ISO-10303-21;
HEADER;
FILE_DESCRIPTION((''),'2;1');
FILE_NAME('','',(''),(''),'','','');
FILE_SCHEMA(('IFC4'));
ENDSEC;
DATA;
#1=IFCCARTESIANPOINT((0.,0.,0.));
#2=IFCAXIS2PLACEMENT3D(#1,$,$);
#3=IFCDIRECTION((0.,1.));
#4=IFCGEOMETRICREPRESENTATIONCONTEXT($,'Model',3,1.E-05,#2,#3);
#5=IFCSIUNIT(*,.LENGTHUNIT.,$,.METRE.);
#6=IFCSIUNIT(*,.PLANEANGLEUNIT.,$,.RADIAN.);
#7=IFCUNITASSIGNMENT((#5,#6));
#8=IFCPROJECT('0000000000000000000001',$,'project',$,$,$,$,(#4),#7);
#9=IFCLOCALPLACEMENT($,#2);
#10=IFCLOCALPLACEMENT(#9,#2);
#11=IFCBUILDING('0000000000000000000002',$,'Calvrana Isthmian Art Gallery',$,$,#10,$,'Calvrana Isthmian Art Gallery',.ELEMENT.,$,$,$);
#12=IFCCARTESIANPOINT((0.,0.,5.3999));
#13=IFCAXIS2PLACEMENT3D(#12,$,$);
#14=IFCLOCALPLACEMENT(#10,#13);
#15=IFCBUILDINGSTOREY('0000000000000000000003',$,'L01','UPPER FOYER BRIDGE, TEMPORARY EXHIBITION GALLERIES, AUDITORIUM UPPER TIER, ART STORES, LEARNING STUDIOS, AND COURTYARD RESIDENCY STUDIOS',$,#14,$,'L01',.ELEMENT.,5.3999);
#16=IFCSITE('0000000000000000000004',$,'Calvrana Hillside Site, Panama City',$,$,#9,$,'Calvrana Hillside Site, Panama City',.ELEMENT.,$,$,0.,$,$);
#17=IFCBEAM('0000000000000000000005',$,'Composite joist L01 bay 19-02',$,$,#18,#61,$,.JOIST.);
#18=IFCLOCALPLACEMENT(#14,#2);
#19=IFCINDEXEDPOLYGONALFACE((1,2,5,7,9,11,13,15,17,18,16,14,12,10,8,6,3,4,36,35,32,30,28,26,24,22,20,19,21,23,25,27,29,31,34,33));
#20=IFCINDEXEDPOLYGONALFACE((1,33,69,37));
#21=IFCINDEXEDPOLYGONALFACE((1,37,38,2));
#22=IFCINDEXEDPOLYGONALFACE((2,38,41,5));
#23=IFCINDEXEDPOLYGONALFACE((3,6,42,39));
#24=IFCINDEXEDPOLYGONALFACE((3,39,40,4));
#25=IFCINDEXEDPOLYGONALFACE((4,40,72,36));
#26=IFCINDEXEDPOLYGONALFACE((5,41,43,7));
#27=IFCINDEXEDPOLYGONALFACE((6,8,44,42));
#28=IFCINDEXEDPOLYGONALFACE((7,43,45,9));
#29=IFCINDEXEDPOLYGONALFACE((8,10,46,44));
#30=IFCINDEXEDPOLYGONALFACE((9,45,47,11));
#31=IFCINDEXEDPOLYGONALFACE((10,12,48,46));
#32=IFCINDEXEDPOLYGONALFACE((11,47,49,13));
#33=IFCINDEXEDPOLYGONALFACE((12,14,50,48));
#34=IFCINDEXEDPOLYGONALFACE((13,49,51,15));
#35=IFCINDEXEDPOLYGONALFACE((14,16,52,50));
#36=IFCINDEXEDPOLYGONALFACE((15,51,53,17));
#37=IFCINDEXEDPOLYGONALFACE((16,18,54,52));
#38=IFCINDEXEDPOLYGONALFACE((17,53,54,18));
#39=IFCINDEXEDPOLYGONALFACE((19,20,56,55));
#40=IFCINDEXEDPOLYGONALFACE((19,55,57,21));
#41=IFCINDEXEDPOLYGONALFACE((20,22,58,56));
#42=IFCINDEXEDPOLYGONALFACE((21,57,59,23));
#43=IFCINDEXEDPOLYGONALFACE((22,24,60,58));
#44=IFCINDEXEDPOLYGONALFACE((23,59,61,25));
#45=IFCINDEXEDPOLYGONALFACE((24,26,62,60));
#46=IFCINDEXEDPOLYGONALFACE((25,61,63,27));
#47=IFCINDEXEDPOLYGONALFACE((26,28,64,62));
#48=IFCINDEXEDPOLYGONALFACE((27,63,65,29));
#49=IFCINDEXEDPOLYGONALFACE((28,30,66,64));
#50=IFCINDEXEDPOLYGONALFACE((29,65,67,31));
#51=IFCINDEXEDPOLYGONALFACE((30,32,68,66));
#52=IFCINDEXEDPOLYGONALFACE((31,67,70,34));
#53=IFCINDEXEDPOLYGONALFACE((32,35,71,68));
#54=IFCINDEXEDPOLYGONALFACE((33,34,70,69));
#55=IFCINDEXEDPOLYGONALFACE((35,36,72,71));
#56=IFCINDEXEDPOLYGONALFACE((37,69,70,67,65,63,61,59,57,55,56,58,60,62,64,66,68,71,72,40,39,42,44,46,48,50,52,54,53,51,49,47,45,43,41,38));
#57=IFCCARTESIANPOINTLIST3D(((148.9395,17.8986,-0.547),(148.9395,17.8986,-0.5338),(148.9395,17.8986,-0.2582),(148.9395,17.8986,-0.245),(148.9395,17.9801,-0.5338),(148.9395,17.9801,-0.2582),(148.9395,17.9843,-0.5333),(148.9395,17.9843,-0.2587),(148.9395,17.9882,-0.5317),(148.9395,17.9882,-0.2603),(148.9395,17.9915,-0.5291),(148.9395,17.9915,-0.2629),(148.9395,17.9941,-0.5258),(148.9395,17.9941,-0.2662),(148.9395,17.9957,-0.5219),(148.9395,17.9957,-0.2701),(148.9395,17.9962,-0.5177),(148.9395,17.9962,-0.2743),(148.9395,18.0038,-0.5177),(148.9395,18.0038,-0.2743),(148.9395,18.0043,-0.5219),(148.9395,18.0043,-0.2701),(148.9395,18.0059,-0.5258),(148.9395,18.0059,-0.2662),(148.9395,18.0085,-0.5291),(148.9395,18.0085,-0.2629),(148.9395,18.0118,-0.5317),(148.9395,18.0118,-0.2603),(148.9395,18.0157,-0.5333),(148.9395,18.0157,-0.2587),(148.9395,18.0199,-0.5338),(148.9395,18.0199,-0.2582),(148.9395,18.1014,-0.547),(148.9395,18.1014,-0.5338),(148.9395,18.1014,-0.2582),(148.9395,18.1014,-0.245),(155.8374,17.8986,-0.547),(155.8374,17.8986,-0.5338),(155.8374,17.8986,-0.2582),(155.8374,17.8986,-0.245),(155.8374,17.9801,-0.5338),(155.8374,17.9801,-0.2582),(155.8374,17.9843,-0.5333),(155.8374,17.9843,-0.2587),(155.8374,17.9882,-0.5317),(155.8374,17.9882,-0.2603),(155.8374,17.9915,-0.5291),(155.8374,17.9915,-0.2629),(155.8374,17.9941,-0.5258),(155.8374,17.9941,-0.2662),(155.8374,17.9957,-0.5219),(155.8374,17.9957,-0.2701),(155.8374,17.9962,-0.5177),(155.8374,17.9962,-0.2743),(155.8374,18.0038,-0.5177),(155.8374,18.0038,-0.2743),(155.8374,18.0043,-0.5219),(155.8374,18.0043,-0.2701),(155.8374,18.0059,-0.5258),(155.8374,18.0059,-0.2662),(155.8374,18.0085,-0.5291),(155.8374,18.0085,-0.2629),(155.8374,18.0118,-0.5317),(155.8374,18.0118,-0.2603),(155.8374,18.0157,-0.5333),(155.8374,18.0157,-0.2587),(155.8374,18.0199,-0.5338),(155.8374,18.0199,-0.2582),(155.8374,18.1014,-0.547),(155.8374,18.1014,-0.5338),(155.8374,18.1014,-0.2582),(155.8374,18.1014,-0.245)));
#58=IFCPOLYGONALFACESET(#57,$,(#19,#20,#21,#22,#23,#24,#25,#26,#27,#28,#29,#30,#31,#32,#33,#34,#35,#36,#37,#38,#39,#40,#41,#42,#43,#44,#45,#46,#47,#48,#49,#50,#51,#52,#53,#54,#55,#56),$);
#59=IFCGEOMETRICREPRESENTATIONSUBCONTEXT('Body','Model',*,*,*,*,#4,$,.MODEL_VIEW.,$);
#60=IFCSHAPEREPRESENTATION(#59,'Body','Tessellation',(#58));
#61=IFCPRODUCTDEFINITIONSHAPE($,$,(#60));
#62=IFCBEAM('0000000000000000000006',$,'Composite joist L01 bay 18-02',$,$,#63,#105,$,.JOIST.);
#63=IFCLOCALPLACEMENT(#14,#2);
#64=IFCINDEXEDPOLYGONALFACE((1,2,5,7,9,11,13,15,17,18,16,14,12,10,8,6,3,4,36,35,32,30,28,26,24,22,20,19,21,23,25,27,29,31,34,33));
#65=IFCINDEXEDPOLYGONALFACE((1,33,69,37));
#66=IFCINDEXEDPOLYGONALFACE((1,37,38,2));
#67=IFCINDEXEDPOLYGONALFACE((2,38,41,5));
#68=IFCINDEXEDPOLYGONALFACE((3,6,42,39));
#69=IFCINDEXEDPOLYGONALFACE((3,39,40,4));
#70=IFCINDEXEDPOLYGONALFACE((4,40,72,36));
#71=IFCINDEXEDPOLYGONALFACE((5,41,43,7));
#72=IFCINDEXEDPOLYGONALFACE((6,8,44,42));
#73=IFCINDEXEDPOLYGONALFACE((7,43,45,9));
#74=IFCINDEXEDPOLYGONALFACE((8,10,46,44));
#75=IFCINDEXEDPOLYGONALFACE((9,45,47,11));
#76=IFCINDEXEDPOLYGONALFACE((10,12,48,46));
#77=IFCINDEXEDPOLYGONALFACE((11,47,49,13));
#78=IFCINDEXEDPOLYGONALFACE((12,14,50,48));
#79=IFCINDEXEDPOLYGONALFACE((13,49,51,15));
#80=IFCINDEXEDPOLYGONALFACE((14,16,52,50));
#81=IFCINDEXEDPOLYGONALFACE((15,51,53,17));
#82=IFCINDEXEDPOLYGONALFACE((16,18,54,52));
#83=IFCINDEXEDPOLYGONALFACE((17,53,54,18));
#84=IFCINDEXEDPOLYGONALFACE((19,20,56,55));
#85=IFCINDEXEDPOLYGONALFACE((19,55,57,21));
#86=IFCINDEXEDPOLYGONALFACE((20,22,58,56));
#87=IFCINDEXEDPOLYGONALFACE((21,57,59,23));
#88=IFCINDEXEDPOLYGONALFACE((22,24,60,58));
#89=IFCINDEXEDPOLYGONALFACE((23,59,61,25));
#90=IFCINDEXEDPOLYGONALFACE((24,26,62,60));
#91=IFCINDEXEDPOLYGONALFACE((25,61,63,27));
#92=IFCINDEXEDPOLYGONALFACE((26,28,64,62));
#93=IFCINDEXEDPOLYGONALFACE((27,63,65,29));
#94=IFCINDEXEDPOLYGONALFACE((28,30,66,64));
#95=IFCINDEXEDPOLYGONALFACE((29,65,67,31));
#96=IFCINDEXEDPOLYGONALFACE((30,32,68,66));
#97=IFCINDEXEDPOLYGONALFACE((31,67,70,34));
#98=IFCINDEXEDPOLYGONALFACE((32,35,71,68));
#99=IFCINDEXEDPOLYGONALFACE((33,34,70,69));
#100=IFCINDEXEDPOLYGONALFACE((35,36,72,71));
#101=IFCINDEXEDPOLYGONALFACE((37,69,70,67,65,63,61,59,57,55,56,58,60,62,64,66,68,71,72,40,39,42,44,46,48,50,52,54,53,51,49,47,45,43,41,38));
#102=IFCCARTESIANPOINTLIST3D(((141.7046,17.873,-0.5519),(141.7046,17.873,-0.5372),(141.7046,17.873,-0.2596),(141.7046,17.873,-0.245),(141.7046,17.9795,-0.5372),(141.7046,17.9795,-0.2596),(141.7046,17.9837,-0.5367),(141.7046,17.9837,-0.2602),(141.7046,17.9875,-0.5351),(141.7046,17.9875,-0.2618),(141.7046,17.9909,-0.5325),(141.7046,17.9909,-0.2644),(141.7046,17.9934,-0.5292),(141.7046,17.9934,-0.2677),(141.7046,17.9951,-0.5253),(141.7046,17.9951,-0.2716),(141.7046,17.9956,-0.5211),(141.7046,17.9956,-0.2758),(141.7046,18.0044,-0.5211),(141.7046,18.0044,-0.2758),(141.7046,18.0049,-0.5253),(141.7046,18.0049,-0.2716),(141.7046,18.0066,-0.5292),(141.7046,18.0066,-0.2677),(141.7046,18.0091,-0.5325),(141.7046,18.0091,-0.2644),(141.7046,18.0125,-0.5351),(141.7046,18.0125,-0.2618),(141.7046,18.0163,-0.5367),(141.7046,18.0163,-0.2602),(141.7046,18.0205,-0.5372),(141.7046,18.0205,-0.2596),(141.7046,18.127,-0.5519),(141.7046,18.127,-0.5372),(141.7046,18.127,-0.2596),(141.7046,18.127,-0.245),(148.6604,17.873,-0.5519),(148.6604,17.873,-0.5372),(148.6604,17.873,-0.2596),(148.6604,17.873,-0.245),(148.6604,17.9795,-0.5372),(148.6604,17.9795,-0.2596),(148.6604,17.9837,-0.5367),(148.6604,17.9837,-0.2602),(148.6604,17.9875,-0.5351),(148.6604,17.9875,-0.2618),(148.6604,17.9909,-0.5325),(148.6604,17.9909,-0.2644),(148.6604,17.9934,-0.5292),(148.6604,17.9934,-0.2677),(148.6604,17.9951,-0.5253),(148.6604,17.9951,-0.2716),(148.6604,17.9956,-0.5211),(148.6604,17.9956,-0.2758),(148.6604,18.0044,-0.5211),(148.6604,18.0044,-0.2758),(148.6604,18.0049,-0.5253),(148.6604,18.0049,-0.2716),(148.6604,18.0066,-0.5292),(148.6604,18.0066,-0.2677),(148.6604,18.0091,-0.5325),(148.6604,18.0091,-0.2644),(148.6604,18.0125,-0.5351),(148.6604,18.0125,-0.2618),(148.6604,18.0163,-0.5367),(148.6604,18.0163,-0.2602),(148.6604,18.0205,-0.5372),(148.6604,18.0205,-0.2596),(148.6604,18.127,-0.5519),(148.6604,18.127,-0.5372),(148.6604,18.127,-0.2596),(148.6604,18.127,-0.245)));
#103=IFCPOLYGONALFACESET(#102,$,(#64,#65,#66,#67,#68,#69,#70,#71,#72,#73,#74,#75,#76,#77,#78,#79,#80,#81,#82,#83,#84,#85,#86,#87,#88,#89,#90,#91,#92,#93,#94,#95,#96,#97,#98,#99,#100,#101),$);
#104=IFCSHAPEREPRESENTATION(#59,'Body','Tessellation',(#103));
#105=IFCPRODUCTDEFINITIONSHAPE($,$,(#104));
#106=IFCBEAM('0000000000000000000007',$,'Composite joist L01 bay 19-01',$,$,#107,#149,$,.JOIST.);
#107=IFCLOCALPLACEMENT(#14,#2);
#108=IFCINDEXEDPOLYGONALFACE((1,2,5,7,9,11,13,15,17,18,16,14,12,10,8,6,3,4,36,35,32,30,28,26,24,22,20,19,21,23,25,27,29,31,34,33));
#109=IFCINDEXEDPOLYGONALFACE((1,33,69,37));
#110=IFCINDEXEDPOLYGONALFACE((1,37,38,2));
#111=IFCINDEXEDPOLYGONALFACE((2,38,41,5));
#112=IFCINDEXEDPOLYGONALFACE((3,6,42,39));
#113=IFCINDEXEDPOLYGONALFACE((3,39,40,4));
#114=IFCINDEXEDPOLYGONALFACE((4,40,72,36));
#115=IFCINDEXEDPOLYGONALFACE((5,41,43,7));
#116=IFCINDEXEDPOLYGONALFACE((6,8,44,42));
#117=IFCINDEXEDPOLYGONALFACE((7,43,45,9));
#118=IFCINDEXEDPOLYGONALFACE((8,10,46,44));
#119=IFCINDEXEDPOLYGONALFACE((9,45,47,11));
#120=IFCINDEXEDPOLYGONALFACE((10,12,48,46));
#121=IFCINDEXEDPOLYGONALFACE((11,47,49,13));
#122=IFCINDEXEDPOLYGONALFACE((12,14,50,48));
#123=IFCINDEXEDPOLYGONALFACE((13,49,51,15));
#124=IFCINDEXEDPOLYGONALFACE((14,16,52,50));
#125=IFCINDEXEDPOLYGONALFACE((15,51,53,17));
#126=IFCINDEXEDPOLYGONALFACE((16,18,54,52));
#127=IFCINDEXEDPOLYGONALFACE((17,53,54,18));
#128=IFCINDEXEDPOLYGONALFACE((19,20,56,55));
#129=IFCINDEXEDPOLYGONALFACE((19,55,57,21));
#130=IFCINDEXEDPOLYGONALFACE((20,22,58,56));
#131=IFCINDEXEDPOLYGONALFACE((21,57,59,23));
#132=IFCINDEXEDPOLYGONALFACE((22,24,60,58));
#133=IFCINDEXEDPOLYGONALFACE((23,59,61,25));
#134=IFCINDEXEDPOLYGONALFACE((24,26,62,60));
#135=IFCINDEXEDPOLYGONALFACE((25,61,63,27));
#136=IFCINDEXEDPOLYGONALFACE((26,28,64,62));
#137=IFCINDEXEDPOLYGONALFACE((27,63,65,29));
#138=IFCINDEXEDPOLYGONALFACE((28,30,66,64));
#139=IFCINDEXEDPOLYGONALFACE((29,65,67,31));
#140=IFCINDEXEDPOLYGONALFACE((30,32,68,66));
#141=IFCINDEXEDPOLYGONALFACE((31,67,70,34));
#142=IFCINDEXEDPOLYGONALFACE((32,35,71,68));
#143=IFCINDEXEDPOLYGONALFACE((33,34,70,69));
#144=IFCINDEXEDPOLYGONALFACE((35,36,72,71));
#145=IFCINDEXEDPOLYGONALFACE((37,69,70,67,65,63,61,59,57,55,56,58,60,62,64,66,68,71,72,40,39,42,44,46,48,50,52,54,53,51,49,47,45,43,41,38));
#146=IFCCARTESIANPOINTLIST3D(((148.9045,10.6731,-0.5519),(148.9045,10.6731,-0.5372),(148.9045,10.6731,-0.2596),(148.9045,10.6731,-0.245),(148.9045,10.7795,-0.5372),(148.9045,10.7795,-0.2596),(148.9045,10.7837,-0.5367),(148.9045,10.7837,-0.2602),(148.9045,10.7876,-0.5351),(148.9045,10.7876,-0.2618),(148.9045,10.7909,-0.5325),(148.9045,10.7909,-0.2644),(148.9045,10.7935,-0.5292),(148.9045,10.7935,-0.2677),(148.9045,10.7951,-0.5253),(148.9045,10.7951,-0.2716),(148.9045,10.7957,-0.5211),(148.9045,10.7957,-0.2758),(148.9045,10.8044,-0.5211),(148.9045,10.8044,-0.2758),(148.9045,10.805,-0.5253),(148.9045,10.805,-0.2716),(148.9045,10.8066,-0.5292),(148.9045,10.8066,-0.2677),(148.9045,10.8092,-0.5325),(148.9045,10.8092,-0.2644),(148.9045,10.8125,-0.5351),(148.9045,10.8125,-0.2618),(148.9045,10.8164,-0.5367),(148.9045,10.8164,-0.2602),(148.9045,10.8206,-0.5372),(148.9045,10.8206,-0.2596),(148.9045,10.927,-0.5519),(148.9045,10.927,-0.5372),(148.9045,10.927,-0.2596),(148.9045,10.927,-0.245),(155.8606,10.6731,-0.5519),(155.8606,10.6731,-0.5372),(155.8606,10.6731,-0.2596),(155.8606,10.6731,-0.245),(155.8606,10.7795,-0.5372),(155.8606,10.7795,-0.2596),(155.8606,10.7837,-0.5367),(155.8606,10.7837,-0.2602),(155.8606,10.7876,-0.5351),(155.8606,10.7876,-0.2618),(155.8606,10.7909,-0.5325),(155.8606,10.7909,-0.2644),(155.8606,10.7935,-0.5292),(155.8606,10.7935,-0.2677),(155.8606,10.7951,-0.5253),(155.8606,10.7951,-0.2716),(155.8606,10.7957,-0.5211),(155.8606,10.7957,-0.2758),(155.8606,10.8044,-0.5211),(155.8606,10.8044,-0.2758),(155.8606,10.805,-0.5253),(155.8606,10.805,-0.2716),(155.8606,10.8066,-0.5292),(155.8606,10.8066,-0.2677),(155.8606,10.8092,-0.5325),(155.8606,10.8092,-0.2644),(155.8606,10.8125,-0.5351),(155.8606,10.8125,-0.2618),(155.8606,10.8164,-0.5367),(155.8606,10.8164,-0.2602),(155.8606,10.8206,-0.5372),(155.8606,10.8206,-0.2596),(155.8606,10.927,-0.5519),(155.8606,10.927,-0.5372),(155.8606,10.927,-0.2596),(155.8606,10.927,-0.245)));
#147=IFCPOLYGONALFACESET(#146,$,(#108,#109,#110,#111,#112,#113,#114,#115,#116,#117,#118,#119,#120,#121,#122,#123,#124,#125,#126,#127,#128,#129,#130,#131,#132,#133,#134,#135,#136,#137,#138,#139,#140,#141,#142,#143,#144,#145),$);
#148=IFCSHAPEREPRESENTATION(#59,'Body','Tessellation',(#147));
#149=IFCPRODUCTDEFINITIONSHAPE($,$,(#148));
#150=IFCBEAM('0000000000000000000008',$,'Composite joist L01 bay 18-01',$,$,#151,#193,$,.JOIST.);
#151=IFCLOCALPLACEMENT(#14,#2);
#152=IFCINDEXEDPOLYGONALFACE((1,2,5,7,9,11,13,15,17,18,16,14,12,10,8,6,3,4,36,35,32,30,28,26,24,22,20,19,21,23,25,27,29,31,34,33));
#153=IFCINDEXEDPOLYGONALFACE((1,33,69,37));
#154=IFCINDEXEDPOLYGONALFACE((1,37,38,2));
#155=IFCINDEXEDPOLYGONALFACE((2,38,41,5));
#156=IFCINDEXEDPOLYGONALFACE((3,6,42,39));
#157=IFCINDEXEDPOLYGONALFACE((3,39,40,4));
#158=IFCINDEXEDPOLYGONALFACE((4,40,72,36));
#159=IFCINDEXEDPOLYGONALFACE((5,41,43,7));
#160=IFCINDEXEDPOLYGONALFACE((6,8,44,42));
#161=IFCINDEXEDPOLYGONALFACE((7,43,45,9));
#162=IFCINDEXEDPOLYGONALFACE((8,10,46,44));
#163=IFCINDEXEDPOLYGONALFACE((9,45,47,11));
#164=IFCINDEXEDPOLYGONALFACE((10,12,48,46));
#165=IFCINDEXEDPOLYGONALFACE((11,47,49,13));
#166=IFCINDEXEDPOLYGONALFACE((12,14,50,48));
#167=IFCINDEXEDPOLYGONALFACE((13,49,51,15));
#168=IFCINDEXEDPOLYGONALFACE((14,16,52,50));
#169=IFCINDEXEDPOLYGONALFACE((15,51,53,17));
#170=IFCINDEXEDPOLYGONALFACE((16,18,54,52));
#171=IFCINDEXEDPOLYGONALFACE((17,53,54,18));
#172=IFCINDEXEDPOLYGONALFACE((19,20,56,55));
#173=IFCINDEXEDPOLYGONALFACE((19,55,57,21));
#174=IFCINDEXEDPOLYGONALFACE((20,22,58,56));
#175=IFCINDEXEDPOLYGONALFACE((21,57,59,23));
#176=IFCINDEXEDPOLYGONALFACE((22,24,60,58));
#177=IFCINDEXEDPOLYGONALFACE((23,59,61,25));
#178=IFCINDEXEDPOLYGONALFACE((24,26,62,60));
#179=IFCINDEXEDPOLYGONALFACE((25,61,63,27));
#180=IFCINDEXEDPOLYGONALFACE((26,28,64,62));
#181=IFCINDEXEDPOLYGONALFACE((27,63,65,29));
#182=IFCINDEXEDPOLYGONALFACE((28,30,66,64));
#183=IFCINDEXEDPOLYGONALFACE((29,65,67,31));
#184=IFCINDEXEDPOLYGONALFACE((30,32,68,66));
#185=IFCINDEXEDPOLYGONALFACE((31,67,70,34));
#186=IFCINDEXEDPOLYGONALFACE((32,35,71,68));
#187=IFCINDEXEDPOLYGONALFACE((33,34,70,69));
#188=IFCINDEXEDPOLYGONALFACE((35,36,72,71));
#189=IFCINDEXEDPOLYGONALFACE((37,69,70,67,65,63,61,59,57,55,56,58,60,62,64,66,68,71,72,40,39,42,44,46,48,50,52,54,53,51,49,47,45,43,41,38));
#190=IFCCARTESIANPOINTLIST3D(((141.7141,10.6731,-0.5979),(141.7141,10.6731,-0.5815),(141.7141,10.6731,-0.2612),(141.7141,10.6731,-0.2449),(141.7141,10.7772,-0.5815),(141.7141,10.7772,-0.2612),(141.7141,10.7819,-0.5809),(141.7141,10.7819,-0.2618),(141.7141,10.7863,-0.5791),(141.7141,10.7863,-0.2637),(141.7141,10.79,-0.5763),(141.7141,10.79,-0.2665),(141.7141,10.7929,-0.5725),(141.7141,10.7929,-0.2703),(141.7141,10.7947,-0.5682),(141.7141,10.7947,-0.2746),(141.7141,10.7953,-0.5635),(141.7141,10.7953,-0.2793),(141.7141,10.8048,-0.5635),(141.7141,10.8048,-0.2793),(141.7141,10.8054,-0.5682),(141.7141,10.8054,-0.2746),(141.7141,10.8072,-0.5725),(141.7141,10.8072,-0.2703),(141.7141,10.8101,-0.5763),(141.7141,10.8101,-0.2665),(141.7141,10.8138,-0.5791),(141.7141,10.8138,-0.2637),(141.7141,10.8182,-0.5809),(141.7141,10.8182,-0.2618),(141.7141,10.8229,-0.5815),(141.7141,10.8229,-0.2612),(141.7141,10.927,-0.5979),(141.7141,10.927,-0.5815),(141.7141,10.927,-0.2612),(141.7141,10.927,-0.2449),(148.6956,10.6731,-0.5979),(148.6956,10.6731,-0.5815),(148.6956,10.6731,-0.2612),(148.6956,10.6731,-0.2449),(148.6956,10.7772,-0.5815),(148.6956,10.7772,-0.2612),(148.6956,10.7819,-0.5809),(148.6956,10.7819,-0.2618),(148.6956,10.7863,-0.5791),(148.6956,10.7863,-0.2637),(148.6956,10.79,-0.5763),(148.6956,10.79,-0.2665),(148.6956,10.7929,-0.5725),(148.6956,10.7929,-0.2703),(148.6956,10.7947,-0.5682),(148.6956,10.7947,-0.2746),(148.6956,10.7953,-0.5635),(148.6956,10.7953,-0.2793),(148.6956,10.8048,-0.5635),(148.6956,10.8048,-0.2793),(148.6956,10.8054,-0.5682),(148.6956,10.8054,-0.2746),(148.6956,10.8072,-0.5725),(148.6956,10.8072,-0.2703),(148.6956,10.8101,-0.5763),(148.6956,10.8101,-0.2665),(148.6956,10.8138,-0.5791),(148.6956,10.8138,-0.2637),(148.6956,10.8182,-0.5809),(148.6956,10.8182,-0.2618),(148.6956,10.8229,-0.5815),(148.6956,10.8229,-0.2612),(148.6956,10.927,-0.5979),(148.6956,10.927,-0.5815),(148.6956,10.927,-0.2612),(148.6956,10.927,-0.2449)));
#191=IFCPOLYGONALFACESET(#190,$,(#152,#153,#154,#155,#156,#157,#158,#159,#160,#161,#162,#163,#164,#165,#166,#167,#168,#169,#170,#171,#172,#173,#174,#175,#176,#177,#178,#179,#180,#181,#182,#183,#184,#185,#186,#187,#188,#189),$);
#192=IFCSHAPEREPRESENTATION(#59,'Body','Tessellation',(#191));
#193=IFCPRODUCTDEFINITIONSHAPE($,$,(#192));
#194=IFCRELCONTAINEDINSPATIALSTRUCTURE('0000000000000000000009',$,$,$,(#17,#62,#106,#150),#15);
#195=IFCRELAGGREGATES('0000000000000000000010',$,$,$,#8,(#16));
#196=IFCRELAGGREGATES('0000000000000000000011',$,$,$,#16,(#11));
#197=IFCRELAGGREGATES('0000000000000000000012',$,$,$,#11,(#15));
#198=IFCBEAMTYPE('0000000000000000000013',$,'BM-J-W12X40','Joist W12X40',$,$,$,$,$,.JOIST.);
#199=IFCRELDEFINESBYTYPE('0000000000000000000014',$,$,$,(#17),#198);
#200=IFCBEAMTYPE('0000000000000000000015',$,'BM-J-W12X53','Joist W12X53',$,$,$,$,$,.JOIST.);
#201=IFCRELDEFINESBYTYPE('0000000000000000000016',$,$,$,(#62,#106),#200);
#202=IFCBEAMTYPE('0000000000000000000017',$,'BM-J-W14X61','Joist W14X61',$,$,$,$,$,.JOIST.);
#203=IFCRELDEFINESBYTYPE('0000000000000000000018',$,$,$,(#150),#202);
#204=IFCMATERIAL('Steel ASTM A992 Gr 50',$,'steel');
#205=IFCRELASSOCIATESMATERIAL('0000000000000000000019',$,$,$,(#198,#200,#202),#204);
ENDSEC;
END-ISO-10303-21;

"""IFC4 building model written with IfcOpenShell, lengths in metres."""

from ifc_helpers import new_model, si_unit, direction, frame, origin, origin_2d, place, context, subcontext, project, spatial, i_section, extrude, material, material_profile, profile_set, type_object, element, save


model = new_model("IFC4")

# Units and contexts
model_context = context("Model", 3, precision=1e-05, world=origin(), true_north=direction((0.0, 1.0)))
body_context = subcontext(model_context, "Body", "Model", "MODEL_VIEW")
ifc_project = project(units=[si_unit("LENGTHUNIT", "METRE"), si_unit("PLANEANGLEUNIT", "RADIAN")], contexts=[model_context])

# Site, building, storey
site_placement = place(None, origin())
site = spatial("IfcSite", under=ifc_project, at=site_placement, Name="Calvrana Hillside Site, Panama City", LongName="Calvrana Hillside Site, Panama City", CompositionType="ELEMENT", RefElevation=0.0)
building_placement = place(site_placement, origin())
building = spatial("IfcBuilding", under=site, at=building_placement, Name="Calvrana Isthmian Art Gallery", LongName="Calvrana Isthmian Art Gallery", CompositionType="ELEMENT")
storey_placement = place(building_placement, frame((0.0, 0.0, 5.3999)))
storey = spatial("IfcBuildingStorey", under=building, at=storey_placement, Name="L01", Description="UPPER FOYER BRIDGE, TEMPORARY EXHIBITION GALLERIES, AUDITORIUM UPPER TIER, ART STORES, LEARNING STUDIOS, AND COURTYARD RESIDENCY STUDIOS", LongName="L01", CompositionType="ELEMENT", Elevation=5.3999)

# Shared definitions
ifc_material_1 = material(Name="Steel ASTM A992 Gr 50", Category="steel")

# Beams
ifc_material_profile_1 = material_profile(ifc_material_1, i_section(OverallWidth=0.2029, OverallDepth=0.302, WebThickness=0.0076, FlangeThickness=0.0132, FilletRadius=0.0161, at=origin_2d()), Name="W12X40")
ifc_profile_set_1 = profile_set([ifc_material_profile_1], Name="Steel ASTM A992 Gr 50")
beam_type_1 = type_object("IfcBeamType", Name="BM-J-W12X40", Description="Joist W12X40", PredefinedType="JOIST", material=ifc_profile_set_1)
beam_1_placement = place(storey_placement, frame((148.9395, 18.0, -0.396), z_axis=(1.0, 0.0, 0.0), x_axis=(0.0, 1.0, 0.0)))
element("IfcBeam", 1, at=beam_1_placement, inside=storey, type_object=beam_type_1, Name="Composite joist L01 bay 19-02", PredefinedType="JOIST", context=body_context, shape_type="SweptSolid", body=[
    extrude(i_section(OverallWidth=0.2029, OverallDepth=0.302, WebThickness=0.0076, FlangeThickness=0.0132, FilletRadius=0.0161, at=origin_2d()), origin(), (0.0, 0.0, 1.0), 6.8979),
])
ifc_material_profile_2 = material_profile(ifc_material_1, i_section(OverallWidth=0.2539, OverallDepth=0.3069, WebThickness=0.0088, FlangeThickness=0.0146, FilletRadius=0.0161, at=origin_2d()), Name="W12X53")
ifc_profile_set_2 = profile_set([ifc_material_profile_2], Name="Steel ASTM A992 Gr 50")
beam_type_2 = type_object("IfcBeamType", Name="BM-J-W12X53", Description="Joist W12X53", PredefinedType="JOIST", material=ifc_profile_set_2)
beam_2_placement = place(storey_placement, frame((141.7046, 18.0, -0.3984), z_axis=(1.0, 0.0, 0.0), x_axis=(0.0, 1.0, 0.0)))
element("IfcBeam", 2, at=beam_2_placement, inside=storey, type_object=beam_type_2, Name="Composite joist L01 bay 18-02", PredefinedType="JOIST", context=body_context, shape_type="SweptSolid", body=[
    extrude(i_section(OverallWidth=0.2539, OverallDepth=0.3069, WebThickness=0.0088, FlangeThickness=0.0146, FilletRadius=0.0161, at=origin_2d()), origin(), (0.0, 0.0, 1.0), 6.9558),
])
beam_3_placement = place(storey_placement, frame((148.9045, 10.8, -0.3984), z_axis=(1.0, 0.0, 0.0), x_axis=(0.0, 1.0, 0.0)))
element("IfcBeam", 3, at=beam_3_placement, inside=storey, type_object=beam_type_2, Name="Composite joist L01 bay 19-01", PredefinedType="JOIST", context=body_context, shape_type="SweptSolid", body=[
    extrude(i_section(OverallWidth=0.2539, OverallDepth=0.3069, WebThickness=0.0088, FlangeThickness=0.0146, FilletRadius=0.0161, at=origin_2d()), origin(), (0.0, 0.0, 1.0), 6.9561),
])
ifc_material_profile_3 = material_profile(ifc_material_1, i_section(OverallWidth=0.2539, OverallDepth=0.353, WebThickness=0.0095, FlangeThickness=0.0164, FilletRadius=0.0181, at=origin_2d()), Name="W14X61")
ifc_profile_set_3 = profile_set([ifc_material_profile_3], Name="Steel ASTM A992 Gr 50")
beam_type_3 = type_object("IfcBeamType", Name="BM-J-W14X61", Description="Joist W14X61", PredefinedType="JOIST", material=ifc_profile_set_3)
for number, where, z_axis, x_axis, name in (
    (4, (141.7141, 10.8, -0.4214), (1.0, 0.0, 0.0), (0.0, 1.0, 0.0), "Composite joist L01 bay 18-01"),
):
    element("IfcBeam", number, at=place(storey_placement, frame(where, z_axis=z_axis, x_axis=x_axis)), inside=storey, type_object=beam_type_3, Name=name, PredefinedType="JOIST", context=body_context, shape_type="SweptSolid", body=[
        extrude(i_section(OverallWidth=0.2539, OverallDepth=0.353, WebThickness=0.0095, FlangeThickness=0.0164, FilletRadius=0.0181, at=origin_2d()), origin(), (0.0, 0.0, 1.0), 6.9814),
    ])

save(model, "model.ifc")
